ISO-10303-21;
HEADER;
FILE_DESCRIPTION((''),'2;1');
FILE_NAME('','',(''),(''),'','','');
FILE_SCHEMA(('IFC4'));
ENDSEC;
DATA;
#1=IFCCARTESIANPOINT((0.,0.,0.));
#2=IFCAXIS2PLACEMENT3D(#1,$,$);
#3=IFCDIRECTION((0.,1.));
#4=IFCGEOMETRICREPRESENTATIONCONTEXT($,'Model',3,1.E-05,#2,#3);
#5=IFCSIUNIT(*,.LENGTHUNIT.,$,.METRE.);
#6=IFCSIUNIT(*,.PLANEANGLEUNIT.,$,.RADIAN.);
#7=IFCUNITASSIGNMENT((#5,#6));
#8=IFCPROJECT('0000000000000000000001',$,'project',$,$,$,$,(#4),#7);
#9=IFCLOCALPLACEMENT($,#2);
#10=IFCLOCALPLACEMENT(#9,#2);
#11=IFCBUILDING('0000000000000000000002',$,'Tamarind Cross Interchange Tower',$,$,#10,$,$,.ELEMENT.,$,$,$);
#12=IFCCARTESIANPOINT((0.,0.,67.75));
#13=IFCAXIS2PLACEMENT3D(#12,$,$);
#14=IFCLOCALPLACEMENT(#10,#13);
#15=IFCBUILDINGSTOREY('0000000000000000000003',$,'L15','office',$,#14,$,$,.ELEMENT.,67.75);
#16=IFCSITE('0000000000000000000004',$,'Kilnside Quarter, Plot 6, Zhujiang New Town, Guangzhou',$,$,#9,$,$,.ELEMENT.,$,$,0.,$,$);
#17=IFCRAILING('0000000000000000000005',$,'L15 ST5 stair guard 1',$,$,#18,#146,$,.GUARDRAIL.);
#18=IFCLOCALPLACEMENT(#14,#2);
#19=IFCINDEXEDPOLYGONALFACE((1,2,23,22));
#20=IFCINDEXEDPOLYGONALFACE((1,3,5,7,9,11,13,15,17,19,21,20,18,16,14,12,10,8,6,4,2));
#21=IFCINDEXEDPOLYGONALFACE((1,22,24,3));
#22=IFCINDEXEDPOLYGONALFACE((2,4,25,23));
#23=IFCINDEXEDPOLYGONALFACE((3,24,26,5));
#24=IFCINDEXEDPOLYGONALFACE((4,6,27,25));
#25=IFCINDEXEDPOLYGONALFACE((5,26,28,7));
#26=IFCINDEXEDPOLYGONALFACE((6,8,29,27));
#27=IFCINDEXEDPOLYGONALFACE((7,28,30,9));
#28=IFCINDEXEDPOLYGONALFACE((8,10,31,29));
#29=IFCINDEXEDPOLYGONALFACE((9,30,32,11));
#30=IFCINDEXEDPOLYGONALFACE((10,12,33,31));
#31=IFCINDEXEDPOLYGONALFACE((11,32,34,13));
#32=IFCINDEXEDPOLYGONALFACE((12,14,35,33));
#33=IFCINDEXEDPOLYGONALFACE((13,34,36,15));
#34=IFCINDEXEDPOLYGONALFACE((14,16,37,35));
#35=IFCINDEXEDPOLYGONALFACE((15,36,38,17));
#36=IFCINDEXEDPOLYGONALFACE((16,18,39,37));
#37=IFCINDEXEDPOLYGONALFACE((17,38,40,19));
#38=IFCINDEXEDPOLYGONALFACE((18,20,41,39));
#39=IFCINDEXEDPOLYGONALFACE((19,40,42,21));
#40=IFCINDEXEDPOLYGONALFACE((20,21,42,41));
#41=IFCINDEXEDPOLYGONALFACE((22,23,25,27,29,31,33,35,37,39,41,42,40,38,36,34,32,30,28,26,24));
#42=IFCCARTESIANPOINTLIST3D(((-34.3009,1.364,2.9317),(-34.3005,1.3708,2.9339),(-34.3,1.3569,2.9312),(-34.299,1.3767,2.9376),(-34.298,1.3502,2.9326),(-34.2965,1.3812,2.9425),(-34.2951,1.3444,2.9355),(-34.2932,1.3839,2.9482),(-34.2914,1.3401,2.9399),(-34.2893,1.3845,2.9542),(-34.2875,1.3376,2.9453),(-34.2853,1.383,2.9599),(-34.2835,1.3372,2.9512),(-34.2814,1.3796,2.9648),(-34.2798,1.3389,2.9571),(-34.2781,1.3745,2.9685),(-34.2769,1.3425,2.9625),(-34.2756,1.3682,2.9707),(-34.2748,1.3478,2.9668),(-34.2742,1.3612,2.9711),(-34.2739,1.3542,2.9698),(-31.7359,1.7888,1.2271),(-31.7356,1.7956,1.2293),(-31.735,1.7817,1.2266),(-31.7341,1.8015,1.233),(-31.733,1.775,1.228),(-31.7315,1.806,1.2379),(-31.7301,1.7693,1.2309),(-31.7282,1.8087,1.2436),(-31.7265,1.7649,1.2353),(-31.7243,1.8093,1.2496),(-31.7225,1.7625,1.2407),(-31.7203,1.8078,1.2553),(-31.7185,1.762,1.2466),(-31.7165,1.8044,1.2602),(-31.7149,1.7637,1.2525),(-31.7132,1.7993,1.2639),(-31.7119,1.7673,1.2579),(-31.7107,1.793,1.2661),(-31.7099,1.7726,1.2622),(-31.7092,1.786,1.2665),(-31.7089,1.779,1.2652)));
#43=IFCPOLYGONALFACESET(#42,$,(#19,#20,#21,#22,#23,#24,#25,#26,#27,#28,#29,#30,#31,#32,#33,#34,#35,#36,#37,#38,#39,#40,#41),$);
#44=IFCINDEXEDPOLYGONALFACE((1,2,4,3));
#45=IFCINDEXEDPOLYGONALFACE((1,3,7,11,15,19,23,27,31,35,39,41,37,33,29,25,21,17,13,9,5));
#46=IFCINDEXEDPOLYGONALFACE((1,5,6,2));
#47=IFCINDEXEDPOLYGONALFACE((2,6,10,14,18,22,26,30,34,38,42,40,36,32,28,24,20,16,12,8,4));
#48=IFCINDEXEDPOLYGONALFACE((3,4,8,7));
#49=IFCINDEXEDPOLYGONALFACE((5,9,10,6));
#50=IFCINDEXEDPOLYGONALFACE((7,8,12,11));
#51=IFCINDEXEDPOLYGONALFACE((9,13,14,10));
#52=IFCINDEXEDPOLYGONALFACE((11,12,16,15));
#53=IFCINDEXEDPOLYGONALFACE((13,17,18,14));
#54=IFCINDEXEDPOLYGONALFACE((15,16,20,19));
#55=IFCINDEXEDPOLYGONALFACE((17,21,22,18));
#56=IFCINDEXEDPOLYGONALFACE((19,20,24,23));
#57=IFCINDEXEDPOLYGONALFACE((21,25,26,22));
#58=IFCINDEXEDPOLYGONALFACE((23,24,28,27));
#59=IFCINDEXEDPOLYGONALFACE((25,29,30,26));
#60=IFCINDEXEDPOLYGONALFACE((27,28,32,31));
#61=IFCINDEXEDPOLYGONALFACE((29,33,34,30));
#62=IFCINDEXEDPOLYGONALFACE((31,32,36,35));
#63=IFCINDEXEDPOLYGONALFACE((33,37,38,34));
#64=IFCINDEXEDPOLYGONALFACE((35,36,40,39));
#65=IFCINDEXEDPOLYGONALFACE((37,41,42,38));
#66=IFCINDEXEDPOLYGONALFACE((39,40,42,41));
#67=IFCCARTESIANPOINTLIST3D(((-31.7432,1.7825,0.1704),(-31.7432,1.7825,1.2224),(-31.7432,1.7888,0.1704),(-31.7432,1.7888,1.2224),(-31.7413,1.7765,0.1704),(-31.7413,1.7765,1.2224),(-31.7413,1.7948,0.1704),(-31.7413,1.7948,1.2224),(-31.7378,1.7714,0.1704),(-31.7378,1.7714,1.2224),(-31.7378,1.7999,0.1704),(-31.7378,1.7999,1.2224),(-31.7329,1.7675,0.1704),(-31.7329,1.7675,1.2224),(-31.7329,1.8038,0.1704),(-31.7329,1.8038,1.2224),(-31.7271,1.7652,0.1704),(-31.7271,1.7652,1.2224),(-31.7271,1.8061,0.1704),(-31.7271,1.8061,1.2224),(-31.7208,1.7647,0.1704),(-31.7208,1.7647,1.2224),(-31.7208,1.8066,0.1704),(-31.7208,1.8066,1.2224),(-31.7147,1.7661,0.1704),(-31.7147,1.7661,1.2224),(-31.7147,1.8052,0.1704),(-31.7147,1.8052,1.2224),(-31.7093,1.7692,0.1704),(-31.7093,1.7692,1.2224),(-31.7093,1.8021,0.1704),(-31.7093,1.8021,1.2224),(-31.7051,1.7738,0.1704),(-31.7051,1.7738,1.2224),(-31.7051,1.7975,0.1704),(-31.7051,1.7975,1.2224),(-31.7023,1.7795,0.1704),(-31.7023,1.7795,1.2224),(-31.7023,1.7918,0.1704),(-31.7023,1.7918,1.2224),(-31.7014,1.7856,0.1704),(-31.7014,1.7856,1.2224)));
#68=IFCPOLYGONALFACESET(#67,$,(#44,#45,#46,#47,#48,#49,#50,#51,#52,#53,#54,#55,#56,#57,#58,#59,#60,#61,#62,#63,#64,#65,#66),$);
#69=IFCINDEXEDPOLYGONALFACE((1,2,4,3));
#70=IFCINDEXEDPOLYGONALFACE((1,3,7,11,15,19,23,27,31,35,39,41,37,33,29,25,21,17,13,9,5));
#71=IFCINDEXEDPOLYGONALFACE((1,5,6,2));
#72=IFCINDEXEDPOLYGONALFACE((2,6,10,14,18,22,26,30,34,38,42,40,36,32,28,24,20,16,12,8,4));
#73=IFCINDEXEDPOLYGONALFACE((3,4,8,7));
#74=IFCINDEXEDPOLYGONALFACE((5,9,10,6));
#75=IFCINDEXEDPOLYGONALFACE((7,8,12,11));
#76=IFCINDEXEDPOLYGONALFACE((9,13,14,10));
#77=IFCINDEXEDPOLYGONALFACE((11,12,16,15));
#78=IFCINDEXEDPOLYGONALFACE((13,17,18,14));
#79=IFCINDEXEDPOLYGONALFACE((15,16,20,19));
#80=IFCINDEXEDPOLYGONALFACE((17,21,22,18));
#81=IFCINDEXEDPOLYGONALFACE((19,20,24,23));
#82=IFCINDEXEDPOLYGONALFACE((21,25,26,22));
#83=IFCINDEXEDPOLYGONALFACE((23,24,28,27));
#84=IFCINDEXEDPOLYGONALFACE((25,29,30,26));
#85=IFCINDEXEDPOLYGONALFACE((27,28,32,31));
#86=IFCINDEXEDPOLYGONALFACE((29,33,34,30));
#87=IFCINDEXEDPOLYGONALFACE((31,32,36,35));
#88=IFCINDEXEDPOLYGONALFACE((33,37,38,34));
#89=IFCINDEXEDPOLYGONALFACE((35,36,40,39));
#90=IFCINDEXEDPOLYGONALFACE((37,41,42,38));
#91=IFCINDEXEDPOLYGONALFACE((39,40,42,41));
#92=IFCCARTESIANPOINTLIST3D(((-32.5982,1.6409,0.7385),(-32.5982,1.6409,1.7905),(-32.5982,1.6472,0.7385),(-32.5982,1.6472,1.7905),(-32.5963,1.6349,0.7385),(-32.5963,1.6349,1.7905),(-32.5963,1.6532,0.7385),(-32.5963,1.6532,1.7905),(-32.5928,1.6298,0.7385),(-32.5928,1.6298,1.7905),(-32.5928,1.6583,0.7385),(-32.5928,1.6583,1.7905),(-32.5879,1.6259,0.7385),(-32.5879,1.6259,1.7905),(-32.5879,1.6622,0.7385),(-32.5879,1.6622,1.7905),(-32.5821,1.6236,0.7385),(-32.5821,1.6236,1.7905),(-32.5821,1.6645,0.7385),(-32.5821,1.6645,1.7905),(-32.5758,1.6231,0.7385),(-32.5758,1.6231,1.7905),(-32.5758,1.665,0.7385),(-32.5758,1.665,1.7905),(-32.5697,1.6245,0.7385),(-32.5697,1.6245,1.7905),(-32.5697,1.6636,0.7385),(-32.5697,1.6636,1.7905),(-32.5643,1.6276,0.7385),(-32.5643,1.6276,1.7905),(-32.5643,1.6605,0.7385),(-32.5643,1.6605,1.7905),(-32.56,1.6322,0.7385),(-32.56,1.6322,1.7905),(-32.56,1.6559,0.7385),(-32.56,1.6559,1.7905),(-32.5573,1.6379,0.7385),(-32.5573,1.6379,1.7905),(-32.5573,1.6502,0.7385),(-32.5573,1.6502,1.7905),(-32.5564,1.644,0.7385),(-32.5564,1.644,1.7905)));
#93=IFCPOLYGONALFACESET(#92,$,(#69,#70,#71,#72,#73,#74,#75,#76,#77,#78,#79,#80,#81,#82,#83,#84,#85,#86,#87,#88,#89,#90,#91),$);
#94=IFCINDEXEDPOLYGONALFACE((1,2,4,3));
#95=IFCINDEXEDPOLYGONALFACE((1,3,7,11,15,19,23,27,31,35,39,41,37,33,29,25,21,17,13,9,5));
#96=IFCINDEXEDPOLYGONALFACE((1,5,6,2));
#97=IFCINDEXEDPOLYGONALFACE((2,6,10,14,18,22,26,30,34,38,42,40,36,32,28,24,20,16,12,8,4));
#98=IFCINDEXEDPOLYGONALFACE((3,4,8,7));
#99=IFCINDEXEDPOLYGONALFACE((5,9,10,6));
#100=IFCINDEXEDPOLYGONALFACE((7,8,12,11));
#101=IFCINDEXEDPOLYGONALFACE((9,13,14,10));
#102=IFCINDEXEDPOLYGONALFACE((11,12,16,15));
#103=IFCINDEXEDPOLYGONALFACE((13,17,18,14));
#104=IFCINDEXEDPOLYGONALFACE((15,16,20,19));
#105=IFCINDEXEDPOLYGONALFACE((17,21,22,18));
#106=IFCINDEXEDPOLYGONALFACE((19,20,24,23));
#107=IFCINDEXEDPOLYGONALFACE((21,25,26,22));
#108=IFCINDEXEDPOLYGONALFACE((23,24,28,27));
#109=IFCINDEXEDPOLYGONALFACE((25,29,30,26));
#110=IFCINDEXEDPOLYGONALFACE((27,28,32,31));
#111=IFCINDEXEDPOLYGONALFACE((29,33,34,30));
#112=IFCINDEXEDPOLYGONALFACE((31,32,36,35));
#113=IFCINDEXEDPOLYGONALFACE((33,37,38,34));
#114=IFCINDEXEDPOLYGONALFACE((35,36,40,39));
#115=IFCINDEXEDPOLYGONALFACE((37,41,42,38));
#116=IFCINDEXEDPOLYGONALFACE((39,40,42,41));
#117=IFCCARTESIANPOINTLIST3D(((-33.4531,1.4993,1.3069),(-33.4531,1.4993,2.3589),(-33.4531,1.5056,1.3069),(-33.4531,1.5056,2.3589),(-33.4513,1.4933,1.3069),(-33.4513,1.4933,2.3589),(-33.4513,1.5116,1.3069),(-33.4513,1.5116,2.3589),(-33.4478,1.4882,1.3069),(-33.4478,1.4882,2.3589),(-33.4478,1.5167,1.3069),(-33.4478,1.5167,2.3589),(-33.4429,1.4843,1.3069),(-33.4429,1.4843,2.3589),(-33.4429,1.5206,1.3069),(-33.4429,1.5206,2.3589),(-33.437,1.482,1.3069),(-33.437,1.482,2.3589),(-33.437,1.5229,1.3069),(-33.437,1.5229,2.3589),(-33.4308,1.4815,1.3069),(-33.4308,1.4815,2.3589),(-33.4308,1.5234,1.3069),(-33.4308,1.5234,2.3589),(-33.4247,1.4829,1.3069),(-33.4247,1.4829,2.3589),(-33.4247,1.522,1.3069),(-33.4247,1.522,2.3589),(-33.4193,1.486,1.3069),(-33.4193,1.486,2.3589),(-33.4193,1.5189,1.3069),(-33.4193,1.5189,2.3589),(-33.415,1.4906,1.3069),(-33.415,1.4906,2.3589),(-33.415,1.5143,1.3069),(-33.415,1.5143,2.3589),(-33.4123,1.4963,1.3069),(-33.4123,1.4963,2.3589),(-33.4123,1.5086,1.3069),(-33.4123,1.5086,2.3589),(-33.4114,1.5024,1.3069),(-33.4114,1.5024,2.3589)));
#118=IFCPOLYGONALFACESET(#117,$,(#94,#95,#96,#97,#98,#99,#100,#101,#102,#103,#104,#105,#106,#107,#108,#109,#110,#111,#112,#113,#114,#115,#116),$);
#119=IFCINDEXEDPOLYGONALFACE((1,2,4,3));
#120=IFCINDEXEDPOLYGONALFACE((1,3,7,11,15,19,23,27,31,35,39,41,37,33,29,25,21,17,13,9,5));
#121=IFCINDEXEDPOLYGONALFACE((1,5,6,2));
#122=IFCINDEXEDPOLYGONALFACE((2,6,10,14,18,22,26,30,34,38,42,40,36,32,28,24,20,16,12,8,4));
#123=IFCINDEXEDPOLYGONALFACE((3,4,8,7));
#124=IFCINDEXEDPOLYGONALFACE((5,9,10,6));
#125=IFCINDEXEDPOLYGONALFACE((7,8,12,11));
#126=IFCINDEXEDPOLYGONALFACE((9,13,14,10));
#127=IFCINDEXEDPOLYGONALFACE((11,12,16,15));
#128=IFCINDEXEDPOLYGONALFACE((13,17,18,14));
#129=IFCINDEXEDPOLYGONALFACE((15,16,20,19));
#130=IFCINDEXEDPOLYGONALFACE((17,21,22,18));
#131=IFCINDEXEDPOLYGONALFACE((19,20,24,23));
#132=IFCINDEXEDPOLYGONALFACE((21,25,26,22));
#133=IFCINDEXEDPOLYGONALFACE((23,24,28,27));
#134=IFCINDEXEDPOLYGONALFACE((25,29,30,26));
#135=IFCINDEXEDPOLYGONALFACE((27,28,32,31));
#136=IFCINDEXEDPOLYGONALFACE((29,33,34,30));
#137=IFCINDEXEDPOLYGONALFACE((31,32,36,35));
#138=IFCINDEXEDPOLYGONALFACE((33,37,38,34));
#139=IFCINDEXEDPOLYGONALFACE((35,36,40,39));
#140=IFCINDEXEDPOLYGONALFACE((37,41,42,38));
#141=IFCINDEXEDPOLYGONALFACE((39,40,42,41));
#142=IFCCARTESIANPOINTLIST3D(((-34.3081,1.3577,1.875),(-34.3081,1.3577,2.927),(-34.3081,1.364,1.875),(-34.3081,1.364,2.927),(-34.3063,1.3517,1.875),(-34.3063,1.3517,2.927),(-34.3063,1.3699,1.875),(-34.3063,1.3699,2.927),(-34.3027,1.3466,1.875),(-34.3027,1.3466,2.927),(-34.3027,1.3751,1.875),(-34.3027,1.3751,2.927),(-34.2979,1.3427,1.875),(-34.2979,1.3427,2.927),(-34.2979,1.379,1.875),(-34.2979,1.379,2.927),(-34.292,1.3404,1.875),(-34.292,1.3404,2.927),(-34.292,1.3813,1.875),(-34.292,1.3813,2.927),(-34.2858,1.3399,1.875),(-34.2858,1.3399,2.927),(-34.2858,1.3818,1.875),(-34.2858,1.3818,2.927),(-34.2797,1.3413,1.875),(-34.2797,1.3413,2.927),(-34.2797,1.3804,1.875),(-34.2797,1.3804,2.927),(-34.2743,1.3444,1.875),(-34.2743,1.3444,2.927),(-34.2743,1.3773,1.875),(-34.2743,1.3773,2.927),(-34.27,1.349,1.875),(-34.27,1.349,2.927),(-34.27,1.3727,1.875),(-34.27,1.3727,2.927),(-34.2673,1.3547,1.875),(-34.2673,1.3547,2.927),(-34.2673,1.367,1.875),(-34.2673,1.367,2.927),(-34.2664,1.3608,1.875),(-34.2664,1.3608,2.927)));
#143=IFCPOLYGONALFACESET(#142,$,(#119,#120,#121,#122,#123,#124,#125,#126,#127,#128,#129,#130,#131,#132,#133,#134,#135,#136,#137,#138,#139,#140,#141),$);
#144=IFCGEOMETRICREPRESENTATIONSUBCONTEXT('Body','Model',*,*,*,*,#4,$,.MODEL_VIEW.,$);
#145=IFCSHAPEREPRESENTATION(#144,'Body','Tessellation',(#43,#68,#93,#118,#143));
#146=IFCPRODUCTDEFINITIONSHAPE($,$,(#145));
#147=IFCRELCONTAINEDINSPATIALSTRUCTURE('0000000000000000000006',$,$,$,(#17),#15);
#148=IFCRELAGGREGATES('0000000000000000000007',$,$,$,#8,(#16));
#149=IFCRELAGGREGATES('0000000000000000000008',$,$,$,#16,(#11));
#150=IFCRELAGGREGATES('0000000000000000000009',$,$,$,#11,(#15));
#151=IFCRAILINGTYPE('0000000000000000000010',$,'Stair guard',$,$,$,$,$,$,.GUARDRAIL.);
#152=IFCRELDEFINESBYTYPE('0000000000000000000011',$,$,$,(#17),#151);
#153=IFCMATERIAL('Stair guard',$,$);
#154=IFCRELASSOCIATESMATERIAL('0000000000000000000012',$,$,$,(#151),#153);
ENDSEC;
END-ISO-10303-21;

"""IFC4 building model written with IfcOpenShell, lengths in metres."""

from ifc_helpers import new_model, si_unit, direction, frame, origin, origin_2d, place, context, subcontext, project, spatial, circle, extrude, material, type_object, element, save


model = new_model("IFC4")

# Units and contexts
model_context = context("Model", 3, precision=1e-05, world=origin(), true_north=direction((0.0, 1.0)))
body_context = subcontext(model_context, "Body", "Model", "MODEL_VIEW")
ifc_project = project(units=[si_unit("LENGTHUNIT", "METRE"), si_unit("PLANEANGLEUNIT", "RADIAN")], contexts=[model_context])

# Site, building, storey
site_placement = place(None, origin())
site = spatial("IfcSite", under=ifc_project, at=site_placement, Name="Kilnside Quarter, Plot 6, Zhujiang New Town, Guangzhou", CompositionType="ELEMENT", RefElevation=0.0)
building_placement = place(site_placement, origin())
building = spatial("IfcBuilding", under=site, at=building_placement, Name="Tamarind Cross Interchange Tower", CompositionType="ELEMENT")
storey_placement = place(building_placement, frame((0.0, 0.0, 67.75)))
storey = spatial("IfcBuildingStorey", under=building, at=storey_placement, Name="L15", Description="office", CompositionType="ELEMENT", Elevation=67.75)

# Railing
ifc_material_1 = material(Name="Stair guard")
railing_type_1 = type_object("IfcRailingType", Name="Stair guard", PredefinedType="GUARDRAIL", material=ifc_material_1)
railing_1_placement = place(storey_placement, frame((-31.7224, 1.7856, 0.1704)))
element("IfcRailing", 1, at=railing_1_placement, inside=storey, type_object=railing_type_1, Name="L15 ST5 stair guard 1", PredefinedType="GUARDRAIL", context=body_context, shape_type="SweptSolid", body=[
    extrude(circle(Radius=0.0239, at=origin_2d()), frame((0.0, 0.0, 1.0762), z_axis=(-0.825042, -0.136643, 0.548301), x_axis=(0.163394, -0.986561, 0.0)), (0.0, 0.0, 1.0), 3.1089),
    extrude(circle(Radius=0.021, at=origin_2d()), origin(), (0.0, 0.0, 1.0), 1.052),
    extrude(circle(Radius=0.021, at=origin_2d()), frame((-0.855, -0.1416, 0.5681)), (0.0, 0.0, 1.0), 1.052),
    extrude(circle(Radius=0.021, at=origin_2d()), frame((-1.71, -0.2832, 1.1365)), (0.0, 0.0, 1.0), 1.052),
    extrude(circle(Radius=0.021, at=origin_2d()), frame((-2.5649, -0.4248, 1.7046)), (0.0, 0.0, 1.0), 1.052),
])

save(model, "model.ifc")
